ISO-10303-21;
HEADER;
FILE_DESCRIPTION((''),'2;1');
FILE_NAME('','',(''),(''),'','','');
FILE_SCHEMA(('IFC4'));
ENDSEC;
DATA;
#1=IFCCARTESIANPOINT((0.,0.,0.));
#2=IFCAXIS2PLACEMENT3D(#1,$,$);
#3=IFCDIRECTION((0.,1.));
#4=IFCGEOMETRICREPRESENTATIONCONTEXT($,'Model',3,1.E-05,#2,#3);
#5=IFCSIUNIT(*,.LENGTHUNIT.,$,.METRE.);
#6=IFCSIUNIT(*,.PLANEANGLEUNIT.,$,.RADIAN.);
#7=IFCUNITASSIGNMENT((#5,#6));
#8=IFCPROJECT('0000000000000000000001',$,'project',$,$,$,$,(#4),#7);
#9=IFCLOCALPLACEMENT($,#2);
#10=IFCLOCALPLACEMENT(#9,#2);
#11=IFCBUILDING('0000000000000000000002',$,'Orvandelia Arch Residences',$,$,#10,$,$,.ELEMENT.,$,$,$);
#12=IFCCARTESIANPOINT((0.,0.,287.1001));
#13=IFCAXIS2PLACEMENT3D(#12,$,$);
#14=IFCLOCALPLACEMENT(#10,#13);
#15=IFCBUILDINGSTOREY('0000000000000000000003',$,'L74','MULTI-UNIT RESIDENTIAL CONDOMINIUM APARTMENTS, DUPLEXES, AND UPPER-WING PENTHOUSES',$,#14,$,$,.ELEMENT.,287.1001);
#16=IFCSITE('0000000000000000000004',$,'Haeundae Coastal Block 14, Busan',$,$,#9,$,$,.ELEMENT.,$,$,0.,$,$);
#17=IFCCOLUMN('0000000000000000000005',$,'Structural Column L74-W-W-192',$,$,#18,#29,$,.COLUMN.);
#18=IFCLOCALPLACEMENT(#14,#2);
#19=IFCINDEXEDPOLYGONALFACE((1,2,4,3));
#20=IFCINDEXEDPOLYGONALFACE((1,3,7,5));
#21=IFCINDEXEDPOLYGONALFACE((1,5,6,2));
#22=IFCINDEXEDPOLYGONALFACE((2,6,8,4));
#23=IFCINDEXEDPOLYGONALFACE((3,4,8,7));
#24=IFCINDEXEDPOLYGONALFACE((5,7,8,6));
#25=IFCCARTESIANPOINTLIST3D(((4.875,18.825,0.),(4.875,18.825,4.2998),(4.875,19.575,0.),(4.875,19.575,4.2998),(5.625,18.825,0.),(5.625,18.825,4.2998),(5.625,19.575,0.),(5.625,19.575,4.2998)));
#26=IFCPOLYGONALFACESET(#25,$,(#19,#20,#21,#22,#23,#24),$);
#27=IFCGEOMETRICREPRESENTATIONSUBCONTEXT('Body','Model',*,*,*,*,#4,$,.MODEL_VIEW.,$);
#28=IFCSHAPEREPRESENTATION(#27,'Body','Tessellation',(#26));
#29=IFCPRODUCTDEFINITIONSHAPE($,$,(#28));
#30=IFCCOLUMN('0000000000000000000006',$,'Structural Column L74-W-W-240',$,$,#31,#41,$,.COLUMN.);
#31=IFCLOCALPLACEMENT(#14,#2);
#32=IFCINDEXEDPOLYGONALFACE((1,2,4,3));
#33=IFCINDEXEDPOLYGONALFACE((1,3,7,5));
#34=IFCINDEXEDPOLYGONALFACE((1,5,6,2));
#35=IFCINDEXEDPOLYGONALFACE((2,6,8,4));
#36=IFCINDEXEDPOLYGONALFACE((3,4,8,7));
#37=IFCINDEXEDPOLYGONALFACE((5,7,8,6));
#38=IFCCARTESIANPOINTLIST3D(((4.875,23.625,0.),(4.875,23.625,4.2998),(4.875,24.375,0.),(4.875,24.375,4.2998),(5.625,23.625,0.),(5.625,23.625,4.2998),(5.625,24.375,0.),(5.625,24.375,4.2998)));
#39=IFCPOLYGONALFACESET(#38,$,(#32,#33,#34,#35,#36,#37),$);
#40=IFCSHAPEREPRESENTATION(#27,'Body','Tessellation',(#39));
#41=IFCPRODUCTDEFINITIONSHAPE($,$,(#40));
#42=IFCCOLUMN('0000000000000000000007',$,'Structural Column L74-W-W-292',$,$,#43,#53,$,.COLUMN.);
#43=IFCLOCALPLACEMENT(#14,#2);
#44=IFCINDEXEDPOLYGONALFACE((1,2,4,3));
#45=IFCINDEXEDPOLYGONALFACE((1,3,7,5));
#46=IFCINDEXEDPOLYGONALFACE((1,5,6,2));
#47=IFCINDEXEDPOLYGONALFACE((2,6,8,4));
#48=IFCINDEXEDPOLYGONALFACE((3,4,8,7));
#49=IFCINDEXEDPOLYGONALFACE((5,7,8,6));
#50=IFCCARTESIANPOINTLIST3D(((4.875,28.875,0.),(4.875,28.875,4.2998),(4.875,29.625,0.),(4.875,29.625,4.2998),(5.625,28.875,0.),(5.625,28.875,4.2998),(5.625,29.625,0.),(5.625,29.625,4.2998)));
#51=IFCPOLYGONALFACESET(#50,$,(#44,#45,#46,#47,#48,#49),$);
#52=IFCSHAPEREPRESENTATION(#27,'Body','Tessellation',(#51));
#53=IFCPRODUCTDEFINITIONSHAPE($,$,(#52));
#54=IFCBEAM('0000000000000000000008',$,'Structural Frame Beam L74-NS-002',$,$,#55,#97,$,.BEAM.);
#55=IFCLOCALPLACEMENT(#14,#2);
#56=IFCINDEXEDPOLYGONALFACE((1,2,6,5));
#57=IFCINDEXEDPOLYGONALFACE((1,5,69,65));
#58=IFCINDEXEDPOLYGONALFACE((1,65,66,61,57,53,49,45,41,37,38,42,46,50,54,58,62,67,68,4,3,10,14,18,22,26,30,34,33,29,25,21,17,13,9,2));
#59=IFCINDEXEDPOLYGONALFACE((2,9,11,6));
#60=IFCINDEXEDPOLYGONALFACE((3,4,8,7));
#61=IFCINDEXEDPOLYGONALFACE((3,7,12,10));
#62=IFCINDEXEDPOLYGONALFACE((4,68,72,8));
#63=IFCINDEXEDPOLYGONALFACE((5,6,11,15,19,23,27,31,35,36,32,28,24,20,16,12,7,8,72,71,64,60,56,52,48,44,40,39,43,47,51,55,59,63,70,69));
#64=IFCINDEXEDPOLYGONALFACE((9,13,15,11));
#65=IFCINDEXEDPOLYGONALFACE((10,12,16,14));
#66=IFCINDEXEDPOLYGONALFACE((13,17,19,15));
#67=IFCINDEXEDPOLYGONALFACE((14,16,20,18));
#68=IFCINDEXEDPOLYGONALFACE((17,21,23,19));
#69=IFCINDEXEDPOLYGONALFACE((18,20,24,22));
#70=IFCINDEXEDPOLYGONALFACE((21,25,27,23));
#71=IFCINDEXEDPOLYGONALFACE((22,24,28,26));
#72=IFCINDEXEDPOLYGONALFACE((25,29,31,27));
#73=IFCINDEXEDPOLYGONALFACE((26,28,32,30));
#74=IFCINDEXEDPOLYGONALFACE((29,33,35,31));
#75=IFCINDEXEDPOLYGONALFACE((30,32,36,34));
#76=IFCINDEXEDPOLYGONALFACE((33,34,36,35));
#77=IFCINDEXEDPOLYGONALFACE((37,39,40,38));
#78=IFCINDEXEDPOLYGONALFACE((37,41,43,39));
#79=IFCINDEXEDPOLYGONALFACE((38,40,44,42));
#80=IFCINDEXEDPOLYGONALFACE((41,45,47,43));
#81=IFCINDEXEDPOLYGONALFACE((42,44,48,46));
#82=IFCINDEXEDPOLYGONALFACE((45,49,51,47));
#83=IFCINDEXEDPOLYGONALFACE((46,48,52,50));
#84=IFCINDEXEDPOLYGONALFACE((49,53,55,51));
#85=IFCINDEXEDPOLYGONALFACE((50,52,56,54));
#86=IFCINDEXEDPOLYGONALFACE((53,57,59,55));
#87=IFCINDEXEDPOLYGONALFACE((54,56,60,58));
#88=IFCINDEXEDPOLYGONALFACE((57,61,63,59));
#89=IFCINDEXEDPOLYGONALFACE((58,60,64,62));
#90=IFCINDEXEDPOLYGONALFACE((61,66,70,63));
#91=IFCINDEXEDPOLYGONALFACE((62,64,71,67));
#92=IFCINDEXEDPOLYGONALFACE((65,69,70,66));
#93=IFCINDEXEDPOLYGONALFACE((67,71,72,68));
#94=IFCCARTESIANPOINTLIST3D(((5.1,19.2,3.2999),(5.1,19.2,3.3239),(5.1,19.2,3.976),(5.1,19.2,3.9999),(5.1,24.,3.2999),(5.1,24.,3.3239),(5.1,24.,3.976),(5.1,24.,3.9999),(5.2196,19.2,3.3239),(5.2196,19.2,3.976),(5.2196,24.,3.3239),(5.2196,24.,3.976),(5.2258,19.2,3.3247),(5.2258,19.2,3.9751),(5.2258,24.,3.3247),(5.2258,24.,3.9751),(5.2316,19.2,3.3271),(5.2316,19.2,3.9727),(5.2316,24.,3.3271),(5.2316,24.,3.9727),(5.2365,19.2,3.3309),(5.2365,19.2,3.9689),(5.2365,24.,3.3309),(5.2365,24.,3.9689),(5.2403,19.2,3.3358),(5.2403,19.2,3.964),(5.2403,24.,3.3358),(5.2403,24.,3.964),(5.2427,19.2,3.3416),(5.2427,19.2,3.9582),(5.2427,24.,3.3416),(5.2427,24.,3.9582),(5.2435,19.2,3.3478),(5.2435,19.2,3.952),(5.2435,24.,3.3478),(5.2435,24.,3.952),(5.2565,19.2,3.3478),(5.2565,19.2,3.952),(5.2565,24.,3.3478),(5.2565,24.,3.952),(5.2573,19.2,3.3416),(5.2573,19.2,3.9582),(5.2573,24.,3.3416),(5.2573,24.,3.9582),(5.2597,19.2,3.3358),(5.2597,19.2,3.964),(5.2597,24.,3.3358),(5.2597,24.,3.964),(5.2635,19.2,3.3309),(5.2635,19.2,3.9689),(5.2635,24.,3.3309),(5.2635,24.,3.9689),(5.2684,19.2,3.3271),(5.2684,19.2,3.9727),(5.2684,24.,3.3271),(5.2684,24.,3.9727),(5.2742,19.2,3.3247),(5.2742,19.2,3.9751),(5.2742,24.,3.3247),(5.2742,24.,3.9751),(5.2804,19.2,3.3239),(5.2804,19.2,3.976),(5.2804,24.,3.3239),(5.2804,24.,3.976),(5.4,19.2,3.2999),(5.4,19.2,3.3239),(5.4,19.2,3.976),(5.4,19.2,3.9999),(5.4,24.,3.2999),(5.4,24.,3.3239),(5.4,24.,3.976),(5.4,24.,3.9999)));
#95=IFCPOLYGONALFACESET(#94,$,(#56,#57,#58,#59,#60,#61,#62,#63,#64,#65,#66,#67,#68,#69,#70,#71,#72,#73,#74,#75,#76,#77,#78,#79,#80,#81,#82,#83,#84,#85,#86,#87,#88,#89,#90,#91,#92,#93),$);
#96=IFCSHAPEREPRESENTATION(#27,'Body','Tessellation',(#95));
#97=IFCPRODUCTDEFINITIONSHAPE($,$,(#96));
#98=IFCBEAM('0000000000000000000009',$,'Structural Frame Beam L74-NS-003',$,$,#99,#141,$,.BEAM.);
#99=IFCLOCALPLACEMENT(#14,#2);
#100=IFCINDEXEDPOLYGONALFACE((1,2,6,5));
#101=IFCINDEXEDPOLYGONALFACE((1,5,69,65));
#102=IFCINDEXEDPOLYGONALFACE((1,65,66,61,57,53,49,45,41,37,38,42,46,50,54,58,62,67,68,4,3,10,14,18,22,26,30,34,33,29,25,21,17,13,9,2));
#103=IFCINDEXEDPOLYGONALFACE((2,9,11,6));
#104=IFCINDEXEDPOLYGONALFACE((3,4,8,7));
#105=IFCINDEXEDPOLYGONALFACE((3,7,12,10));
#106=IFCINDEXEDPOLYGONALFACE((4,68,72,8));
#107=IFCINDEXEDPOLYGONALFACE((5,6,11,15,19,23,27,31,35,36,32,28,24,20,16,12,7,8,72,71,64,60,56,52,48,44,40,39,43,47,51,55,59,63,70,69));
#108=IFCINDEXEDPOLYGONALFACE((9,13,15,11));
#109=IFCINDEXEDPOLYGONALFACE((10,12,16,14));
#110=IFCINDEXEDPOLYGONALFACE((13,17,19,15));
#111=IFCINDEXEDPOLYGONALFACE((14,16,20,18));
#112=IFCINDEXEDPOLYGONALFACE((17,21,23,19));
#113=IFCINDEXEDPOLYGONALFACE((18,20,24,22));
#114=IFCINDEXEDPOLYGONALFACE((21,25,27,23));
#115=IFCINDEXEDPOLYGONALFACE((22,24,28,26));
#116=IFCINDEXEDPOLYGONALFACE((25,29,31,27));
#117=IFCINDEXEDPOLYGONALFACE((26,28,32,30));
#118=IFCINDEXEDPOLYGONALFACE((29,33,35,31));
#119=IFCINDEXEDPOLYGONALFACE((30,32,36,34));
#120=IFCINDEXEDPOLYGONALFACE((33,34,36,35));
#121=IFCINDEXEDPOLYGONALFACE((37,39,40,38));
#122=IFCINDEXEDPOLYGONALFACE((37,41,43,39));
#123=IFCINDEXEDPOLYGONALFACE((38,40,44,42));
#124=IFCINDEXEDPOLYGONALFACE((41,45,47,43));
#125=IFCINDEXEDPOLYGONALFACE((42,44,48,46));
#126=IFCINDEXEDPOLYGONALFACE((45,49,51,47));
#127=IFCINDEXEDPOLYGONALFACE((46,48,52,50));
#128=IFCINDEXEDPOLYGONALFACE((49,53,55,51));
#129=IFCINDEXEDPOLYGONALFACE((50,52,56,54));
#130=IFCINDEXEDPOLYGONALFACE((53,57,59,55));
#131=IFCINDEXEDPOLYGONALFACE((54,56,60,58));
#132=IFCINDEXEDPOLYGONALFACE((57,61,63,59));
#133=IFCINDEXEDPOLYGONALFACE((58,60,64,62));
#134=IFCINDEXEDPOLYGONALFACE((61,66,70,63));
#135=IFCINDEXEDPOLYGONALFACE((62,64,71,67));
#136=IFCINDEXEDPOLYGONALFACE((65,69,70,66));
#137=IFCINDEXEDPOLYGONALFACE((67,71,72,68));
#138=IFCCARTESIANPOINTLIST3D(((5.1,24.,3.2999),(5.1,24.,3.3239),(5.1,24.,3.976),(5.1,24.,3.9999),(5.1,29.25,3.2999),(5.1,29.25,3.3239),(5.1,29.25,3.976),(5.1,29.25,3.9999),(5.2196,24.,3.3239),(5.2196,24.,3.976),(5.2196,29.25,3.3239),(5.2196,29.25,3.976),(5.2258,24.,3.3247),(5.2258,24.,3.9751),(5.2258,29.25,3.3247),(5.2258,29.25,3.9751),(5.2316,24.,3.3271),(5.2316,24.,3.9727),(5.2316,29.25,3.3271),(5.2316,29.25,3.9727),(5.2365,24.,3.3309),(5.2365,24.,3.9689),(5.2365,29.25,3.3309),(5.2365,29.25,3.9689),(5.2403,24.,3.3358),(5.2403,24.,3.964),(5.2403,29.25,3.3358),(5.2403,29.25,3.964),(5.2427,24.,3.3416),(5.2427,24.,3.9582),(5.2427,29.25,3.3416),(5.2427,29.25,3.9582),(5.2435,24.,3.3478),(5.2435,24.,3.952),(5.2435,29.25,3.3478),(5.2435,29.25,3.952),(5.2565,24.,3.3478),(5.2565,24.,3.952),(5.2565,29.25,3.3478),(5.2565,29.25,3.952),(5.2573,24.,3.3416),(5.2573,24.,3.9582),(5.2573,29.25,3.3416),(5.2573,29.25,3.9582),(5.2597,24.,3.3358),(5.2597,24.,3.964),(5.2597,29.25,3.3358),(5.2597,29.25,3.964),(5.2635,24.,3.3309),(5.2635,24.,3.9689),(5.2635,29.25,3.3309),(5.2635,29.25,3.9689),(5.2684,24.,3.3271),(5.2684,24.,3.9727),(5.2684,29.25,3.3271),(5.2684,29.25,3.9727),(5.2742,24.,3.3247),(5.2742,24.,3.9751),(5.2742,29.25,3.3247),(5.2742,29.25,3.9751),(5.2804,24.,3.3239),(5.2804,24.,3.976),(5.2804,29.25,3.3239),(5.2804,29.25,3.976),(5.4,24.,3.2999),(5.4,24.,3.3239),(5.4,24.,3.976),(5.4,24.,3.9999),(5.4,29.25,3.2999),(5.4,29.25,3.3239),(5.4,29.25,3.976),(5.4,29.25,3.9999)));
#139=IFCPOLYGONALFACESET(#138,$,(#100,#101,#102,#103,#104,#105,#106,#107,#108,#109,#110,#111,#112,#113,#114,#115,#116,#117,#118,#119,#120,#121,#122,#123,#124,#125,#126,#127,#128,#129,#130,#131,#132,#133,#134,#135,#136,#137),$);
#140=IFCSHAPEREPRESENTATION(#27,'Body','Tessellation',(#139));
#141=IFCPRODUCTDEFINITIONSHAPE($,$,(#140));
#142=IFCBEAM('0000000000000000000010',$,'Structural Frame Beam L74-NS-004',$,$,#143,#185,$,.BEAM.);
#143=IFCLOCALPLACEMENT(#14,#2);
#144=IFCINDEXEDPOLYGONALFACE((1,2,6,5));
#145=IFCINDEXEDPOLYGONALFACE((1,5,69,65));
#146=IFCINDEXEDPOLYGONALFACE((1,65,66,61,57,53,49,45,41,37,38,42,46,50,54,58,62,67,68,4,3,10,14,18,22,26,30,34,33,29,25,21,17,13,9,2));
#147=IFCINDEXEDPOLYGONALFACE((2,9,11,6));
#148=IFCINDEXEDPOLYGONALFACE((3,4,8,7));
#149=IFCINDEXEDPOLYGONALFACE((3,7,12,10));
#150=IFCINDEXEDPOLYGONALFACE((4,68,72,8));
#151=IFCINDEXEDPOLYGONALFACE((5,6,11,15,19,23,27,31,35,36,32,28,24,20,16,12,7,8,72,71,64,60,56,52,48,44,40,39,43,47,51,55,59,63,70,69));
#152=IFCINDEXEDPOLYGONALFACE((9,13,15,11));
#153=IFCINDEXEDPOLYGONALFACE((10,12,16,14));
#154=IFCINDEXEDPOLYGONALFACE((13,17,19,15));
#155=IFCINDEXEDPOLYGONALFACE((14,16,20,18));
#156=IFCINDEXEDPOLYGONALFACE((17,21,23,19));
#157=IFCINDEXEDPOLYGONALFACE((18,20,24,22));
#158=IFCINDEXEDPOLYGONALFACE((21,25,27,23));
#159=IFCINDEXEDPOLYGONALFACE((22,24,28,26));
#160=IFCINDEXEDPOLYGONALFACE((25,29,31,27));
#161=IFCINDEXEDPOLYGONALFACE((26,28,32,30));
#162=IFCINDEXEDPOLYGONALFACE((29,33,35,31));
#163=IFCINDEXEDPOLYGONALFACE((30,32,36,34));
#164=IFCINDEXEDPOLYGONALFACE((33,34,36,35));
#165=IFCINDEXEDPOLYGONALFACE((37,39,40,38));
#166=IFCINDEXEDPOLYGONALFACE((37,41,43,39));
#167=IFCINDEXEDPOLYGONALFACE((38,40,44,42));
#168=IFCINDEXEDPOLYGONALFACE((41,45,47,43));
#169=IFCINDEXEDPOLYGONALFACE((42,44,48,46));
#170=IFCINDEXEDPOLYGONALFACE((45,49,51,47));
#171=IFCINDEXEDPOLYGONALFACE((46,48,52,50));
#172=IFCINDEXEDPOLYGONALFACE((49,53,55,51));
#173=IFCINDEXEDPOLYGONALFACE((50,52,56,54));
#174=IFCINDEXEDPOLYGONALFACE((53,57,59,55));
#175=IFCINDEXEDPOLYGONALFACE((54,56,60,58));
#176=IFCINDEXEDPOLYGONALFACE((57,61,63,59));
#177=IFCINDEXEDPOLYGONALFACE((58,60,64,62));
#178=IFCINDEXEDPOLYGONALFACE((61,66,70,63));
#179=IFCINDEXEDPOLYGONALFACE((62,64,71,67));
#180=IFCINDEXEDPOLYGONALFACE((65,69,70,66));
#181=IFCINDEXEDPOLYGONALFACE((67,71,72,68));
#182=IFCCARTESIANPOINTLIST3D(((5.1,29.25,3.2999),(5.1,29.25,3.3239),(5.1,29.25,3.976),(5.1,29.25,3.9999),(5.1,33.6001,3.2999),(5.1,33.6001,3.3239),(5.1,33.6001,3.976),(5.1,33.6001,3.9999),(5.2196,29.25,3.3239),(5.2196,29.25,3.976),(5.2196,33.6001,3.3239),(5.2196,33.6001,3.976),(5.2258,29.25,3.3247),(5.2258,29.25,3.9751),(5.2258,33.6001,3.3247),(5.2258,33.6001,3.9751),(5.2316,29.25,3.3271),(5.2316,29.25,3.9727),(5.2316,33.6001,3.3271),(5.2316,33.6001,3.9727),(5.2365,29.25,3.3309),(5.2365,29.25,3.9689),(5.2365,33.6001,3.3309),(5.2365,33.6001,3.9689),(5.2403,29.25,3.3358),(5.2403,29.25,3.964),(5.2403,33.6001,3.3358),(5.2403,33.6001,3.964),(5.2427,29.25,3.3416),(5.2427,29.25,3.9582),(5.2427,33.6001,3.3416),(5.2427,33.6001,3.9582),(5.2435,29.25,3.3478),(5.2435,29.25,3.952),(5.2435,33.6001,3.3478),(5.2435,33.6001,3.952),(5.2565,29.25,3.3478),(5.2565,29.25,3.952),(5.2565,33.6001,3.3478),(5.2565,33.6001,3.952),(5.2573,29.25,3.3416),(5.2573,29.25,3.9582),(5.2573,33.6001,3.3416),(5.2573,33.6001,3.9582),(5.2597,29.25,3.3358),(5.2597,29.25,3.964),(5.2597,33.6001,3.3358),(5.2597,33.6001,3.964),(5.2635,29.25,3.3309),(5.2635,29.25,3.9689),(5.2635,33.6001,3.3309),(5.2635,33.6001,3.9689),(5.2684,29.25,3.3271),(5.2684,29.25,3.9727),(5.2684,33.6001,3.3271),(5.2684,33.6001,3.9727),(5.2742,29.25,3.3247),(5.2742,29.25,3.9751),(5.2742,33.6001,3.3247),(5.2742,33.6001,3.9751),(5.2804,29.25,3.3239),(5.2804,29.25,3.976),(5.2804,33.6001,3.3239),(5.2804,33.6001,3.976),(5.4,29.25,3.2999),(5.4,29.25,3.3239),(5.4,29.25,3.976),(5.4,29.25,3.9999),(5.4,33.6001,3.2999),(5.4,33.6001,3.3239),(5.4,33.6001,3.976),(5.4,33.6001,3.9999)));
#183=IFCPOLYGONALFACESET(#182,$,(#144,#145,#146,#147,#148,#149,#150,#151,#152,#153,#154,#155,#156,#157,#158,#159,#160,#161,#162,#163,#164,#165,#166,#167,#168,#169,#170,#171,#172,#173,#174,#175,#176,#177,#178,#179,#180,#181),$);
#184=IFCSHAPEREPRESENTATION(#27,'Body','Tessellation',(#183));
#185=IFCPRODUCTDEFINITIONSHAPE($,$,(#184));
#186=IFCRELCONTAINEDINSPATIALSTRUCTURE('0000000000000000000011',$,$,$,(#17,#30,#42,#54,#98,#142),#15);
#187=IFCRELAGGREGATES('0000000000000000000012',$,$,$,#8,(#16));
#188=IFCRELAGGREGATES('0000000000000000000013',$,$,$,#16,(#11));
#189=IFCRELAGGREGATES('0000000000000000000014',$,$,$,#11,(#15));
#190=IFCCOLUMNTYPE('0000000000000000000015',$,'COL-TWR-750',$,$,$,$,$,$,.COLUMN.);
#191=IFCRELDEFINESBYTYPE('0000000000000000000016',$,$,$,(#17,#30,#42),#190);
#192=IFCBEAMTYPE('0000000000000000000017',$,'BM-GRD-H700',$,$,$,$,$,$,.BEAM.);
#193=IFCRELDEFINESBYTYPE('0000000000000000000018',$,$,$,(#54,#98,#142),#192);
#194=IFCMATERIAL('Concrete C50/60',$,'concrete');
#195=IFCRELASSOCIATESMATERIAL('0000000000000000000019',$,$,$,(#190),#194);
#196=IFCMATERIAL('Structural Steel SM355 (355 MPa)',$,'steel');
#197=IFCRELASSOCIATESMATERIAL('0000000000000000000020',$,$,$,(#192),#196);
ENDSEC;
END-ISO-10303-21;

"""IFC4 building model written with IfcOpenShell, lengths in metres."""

from ifc_helpers import new_model, si_unit, direction, frame, origin, origin_2d, place, context, subcontext, project, spatial, rectangle, i_section, extrude, material, material_profile, profile_set, type_object, element, save


model = new_model("IFC4")

# Units and contexts
model_context = context("Model", 3, precision=1e-05, world=origin(), true_north=direction((0.0, 1.0)))
body_context = subcontext(model_context, "Body", "Model", "MODEL_VIEW")
ifc_project = project(units=[si_unit("LENGTHUNIT", "METRE"), si_unit("PLANEANGLEUNIT", "RADIAN")], contexts=[model_context])

# Site, building, storey
site_placement = place(None, origin())
site = spatial("IfcSite", under=ifc_project, at=site_placement, Name="Haeundae Coastal Block 14, Busan", CompositionType="ELEMENT", RefElevation=0.0)
building_placement = place(site_placement, origin())
building = spatial("IfcBuilding", under=site, at=building_placement, Name="Orvandelia Arch Residences", CompositionType="ELEMENT")
storey_placement = place(building_placement, frame((0.0, 0.0, 287.1001)))
storey = spatial("IfcBuildingStorey", under=building, at=storey_placement, Name="L74", Description="MULTI-UNIT RESIDENTIAL CONDOMINIUM APARTMENTS, DUPLEXES, AND UPPER-WING PENTHOUSES", CompositionType="ELEMENT", Elevation=287.1001)

# Columns
ifc_material_1 = material(Name="Concrete C50/60", Category="concrete")
ifc_material_profile_1 = material_profile(ifc_material_1, rectangle(XDim=0.75, YDim=0.75, at=origin_2d()), Name="Concrete C50/60", Category="concrete")
ifc_profile_set_1 = profile_set([ifc_material_profile_1], Name="Concrete C50/60")
column_type = type_object("IfcColumnType", Name="COL-TWR-750", PredefinedType="COLUMN", material=ifc_profile_set_1)
for number, where, z_axis, x_axis, name in (
    (1, (5.25, 19.2, 0.0), (0.0, 0.0, 1.0), (1.0, 0.0, 0.0), "Structural Column L74-W-W-192"),
    (2, (5.25, 24.0, 0.0), (0.0, 0.0, 1.0), (1.0, 0.0, 0.0), "Structural Column L74-W-W-240"),
    (3, (5.25, 29.25, 0.0), (0.0, 0.0, 1.0), (1.0, 0.0, 0.0), "Structural Column L74-W-W-292"),
):
    element("IfcColumn", number, at=place(storey_placement, frame(where, z_axis=z_axis, x_axis=x_axis)), inside=storey, type_object=column_type, Name=name, PredefinedType="COLUMN", context=body_context, shape_type="SweptSolid", body=[
        extrude(rectangle(XDim=0.75, YDim=0.75, at=origin_2d()), origin(), (0.0, 0.0, 1.0), 4.2998),
    ])

# Beams
ifc_material_2 = material(Name="Structural Steel SM355 (355 MPa)", Category="steel")
ifc_material_profile_2 = material_profile(ifc_material_2, i_section(OverallWidth=0.3, OverallDepth=0.7, WebThickness=0.0129, FlangeThickness=0.0239, FilletRadius=0.0239, at=origin_2d()), Name="Structural Steel SM355 (355 MPa)", Category="steel")
ifc_profile_set_2 = profile_set([ifc_material_profile_2], Name="Structural Steel SM355 (355 MPa)")
beam_type = type_object("IfcBeamType", Name="BM-GRD-H700", PredefinedType="BEAM", material=ifc_profile_set_2)
beam_1_placement = place(storey_placement, frame((5.25, 19.2, 3.6499), z_axis=(0.0, 1.0, 0.0), x_axis=(-1.0, 0.0, 0.0)))
element("IfcBeam", 4, at=beam_1_placement, inside=storey, type_object=beam_type, Name="Structural Frame Beam L74-NS-002", PredefinedType="BEAM", context=body_context, shape_type="SweptSolid", body=[
    extrude(i_section(OverallWidth=0.3, OverallDepth=0.7, WebThickness=0.0129, FlangeThickness=0.0239, FilletRadius=0.0239, at=origin_2d()), origin(), (0.0, 0.0, 1.0), 4.8),
])
beam_2_placement = place(storey_placement, frame((5.25, 24.0, 3.6499), z_axis=(0.0, 1.0, 0.0), x_axis=(-1.0, 0.0, 0.0)))
element("IfcBeam", 5, at=beam_2_placement, inside=storey, type_object=beam_type, Name="Structural Frame Beam L74-NS-003", PredefinedType="BEAM", context=body_context, shape_type="SweptSolid", body=[
    extrude(i_section(OverallWidth=0.3, OverallDepth=0.7, WebThickness=0.0129, FlangeThickness=0.0239, FilletRadius=0.0239, at=origin_2d()), origin(), (0.0, 0.0, 1.0), 5.25),
])
beam_3_placement = place(storey_placement, frame((5.25, 29.25, 3.6499), z_axis=(0.0, 1.0, 0.0), x_axis=(-1.0, 0.0, 0.0)))
element("IfcBeam", 6, at=beam_3_placement, inside=storey, type_object=beam_type, Name="Structural Frame Beam L74-NS-004", PredefinedType="BEAM", context=body_context, shape_type="SweptSolid", body=[
    extrude(i_section(OverallWidth=0.3, OverallDepth=0.7, WebThickness=0.0129, FlangeThickness=0.0239, FilletRadius=0.0239, at=origin_2d()), origin(), (0.0, 0.0, 1.0), 4.3501),
])

save(model, "model.ifc")
